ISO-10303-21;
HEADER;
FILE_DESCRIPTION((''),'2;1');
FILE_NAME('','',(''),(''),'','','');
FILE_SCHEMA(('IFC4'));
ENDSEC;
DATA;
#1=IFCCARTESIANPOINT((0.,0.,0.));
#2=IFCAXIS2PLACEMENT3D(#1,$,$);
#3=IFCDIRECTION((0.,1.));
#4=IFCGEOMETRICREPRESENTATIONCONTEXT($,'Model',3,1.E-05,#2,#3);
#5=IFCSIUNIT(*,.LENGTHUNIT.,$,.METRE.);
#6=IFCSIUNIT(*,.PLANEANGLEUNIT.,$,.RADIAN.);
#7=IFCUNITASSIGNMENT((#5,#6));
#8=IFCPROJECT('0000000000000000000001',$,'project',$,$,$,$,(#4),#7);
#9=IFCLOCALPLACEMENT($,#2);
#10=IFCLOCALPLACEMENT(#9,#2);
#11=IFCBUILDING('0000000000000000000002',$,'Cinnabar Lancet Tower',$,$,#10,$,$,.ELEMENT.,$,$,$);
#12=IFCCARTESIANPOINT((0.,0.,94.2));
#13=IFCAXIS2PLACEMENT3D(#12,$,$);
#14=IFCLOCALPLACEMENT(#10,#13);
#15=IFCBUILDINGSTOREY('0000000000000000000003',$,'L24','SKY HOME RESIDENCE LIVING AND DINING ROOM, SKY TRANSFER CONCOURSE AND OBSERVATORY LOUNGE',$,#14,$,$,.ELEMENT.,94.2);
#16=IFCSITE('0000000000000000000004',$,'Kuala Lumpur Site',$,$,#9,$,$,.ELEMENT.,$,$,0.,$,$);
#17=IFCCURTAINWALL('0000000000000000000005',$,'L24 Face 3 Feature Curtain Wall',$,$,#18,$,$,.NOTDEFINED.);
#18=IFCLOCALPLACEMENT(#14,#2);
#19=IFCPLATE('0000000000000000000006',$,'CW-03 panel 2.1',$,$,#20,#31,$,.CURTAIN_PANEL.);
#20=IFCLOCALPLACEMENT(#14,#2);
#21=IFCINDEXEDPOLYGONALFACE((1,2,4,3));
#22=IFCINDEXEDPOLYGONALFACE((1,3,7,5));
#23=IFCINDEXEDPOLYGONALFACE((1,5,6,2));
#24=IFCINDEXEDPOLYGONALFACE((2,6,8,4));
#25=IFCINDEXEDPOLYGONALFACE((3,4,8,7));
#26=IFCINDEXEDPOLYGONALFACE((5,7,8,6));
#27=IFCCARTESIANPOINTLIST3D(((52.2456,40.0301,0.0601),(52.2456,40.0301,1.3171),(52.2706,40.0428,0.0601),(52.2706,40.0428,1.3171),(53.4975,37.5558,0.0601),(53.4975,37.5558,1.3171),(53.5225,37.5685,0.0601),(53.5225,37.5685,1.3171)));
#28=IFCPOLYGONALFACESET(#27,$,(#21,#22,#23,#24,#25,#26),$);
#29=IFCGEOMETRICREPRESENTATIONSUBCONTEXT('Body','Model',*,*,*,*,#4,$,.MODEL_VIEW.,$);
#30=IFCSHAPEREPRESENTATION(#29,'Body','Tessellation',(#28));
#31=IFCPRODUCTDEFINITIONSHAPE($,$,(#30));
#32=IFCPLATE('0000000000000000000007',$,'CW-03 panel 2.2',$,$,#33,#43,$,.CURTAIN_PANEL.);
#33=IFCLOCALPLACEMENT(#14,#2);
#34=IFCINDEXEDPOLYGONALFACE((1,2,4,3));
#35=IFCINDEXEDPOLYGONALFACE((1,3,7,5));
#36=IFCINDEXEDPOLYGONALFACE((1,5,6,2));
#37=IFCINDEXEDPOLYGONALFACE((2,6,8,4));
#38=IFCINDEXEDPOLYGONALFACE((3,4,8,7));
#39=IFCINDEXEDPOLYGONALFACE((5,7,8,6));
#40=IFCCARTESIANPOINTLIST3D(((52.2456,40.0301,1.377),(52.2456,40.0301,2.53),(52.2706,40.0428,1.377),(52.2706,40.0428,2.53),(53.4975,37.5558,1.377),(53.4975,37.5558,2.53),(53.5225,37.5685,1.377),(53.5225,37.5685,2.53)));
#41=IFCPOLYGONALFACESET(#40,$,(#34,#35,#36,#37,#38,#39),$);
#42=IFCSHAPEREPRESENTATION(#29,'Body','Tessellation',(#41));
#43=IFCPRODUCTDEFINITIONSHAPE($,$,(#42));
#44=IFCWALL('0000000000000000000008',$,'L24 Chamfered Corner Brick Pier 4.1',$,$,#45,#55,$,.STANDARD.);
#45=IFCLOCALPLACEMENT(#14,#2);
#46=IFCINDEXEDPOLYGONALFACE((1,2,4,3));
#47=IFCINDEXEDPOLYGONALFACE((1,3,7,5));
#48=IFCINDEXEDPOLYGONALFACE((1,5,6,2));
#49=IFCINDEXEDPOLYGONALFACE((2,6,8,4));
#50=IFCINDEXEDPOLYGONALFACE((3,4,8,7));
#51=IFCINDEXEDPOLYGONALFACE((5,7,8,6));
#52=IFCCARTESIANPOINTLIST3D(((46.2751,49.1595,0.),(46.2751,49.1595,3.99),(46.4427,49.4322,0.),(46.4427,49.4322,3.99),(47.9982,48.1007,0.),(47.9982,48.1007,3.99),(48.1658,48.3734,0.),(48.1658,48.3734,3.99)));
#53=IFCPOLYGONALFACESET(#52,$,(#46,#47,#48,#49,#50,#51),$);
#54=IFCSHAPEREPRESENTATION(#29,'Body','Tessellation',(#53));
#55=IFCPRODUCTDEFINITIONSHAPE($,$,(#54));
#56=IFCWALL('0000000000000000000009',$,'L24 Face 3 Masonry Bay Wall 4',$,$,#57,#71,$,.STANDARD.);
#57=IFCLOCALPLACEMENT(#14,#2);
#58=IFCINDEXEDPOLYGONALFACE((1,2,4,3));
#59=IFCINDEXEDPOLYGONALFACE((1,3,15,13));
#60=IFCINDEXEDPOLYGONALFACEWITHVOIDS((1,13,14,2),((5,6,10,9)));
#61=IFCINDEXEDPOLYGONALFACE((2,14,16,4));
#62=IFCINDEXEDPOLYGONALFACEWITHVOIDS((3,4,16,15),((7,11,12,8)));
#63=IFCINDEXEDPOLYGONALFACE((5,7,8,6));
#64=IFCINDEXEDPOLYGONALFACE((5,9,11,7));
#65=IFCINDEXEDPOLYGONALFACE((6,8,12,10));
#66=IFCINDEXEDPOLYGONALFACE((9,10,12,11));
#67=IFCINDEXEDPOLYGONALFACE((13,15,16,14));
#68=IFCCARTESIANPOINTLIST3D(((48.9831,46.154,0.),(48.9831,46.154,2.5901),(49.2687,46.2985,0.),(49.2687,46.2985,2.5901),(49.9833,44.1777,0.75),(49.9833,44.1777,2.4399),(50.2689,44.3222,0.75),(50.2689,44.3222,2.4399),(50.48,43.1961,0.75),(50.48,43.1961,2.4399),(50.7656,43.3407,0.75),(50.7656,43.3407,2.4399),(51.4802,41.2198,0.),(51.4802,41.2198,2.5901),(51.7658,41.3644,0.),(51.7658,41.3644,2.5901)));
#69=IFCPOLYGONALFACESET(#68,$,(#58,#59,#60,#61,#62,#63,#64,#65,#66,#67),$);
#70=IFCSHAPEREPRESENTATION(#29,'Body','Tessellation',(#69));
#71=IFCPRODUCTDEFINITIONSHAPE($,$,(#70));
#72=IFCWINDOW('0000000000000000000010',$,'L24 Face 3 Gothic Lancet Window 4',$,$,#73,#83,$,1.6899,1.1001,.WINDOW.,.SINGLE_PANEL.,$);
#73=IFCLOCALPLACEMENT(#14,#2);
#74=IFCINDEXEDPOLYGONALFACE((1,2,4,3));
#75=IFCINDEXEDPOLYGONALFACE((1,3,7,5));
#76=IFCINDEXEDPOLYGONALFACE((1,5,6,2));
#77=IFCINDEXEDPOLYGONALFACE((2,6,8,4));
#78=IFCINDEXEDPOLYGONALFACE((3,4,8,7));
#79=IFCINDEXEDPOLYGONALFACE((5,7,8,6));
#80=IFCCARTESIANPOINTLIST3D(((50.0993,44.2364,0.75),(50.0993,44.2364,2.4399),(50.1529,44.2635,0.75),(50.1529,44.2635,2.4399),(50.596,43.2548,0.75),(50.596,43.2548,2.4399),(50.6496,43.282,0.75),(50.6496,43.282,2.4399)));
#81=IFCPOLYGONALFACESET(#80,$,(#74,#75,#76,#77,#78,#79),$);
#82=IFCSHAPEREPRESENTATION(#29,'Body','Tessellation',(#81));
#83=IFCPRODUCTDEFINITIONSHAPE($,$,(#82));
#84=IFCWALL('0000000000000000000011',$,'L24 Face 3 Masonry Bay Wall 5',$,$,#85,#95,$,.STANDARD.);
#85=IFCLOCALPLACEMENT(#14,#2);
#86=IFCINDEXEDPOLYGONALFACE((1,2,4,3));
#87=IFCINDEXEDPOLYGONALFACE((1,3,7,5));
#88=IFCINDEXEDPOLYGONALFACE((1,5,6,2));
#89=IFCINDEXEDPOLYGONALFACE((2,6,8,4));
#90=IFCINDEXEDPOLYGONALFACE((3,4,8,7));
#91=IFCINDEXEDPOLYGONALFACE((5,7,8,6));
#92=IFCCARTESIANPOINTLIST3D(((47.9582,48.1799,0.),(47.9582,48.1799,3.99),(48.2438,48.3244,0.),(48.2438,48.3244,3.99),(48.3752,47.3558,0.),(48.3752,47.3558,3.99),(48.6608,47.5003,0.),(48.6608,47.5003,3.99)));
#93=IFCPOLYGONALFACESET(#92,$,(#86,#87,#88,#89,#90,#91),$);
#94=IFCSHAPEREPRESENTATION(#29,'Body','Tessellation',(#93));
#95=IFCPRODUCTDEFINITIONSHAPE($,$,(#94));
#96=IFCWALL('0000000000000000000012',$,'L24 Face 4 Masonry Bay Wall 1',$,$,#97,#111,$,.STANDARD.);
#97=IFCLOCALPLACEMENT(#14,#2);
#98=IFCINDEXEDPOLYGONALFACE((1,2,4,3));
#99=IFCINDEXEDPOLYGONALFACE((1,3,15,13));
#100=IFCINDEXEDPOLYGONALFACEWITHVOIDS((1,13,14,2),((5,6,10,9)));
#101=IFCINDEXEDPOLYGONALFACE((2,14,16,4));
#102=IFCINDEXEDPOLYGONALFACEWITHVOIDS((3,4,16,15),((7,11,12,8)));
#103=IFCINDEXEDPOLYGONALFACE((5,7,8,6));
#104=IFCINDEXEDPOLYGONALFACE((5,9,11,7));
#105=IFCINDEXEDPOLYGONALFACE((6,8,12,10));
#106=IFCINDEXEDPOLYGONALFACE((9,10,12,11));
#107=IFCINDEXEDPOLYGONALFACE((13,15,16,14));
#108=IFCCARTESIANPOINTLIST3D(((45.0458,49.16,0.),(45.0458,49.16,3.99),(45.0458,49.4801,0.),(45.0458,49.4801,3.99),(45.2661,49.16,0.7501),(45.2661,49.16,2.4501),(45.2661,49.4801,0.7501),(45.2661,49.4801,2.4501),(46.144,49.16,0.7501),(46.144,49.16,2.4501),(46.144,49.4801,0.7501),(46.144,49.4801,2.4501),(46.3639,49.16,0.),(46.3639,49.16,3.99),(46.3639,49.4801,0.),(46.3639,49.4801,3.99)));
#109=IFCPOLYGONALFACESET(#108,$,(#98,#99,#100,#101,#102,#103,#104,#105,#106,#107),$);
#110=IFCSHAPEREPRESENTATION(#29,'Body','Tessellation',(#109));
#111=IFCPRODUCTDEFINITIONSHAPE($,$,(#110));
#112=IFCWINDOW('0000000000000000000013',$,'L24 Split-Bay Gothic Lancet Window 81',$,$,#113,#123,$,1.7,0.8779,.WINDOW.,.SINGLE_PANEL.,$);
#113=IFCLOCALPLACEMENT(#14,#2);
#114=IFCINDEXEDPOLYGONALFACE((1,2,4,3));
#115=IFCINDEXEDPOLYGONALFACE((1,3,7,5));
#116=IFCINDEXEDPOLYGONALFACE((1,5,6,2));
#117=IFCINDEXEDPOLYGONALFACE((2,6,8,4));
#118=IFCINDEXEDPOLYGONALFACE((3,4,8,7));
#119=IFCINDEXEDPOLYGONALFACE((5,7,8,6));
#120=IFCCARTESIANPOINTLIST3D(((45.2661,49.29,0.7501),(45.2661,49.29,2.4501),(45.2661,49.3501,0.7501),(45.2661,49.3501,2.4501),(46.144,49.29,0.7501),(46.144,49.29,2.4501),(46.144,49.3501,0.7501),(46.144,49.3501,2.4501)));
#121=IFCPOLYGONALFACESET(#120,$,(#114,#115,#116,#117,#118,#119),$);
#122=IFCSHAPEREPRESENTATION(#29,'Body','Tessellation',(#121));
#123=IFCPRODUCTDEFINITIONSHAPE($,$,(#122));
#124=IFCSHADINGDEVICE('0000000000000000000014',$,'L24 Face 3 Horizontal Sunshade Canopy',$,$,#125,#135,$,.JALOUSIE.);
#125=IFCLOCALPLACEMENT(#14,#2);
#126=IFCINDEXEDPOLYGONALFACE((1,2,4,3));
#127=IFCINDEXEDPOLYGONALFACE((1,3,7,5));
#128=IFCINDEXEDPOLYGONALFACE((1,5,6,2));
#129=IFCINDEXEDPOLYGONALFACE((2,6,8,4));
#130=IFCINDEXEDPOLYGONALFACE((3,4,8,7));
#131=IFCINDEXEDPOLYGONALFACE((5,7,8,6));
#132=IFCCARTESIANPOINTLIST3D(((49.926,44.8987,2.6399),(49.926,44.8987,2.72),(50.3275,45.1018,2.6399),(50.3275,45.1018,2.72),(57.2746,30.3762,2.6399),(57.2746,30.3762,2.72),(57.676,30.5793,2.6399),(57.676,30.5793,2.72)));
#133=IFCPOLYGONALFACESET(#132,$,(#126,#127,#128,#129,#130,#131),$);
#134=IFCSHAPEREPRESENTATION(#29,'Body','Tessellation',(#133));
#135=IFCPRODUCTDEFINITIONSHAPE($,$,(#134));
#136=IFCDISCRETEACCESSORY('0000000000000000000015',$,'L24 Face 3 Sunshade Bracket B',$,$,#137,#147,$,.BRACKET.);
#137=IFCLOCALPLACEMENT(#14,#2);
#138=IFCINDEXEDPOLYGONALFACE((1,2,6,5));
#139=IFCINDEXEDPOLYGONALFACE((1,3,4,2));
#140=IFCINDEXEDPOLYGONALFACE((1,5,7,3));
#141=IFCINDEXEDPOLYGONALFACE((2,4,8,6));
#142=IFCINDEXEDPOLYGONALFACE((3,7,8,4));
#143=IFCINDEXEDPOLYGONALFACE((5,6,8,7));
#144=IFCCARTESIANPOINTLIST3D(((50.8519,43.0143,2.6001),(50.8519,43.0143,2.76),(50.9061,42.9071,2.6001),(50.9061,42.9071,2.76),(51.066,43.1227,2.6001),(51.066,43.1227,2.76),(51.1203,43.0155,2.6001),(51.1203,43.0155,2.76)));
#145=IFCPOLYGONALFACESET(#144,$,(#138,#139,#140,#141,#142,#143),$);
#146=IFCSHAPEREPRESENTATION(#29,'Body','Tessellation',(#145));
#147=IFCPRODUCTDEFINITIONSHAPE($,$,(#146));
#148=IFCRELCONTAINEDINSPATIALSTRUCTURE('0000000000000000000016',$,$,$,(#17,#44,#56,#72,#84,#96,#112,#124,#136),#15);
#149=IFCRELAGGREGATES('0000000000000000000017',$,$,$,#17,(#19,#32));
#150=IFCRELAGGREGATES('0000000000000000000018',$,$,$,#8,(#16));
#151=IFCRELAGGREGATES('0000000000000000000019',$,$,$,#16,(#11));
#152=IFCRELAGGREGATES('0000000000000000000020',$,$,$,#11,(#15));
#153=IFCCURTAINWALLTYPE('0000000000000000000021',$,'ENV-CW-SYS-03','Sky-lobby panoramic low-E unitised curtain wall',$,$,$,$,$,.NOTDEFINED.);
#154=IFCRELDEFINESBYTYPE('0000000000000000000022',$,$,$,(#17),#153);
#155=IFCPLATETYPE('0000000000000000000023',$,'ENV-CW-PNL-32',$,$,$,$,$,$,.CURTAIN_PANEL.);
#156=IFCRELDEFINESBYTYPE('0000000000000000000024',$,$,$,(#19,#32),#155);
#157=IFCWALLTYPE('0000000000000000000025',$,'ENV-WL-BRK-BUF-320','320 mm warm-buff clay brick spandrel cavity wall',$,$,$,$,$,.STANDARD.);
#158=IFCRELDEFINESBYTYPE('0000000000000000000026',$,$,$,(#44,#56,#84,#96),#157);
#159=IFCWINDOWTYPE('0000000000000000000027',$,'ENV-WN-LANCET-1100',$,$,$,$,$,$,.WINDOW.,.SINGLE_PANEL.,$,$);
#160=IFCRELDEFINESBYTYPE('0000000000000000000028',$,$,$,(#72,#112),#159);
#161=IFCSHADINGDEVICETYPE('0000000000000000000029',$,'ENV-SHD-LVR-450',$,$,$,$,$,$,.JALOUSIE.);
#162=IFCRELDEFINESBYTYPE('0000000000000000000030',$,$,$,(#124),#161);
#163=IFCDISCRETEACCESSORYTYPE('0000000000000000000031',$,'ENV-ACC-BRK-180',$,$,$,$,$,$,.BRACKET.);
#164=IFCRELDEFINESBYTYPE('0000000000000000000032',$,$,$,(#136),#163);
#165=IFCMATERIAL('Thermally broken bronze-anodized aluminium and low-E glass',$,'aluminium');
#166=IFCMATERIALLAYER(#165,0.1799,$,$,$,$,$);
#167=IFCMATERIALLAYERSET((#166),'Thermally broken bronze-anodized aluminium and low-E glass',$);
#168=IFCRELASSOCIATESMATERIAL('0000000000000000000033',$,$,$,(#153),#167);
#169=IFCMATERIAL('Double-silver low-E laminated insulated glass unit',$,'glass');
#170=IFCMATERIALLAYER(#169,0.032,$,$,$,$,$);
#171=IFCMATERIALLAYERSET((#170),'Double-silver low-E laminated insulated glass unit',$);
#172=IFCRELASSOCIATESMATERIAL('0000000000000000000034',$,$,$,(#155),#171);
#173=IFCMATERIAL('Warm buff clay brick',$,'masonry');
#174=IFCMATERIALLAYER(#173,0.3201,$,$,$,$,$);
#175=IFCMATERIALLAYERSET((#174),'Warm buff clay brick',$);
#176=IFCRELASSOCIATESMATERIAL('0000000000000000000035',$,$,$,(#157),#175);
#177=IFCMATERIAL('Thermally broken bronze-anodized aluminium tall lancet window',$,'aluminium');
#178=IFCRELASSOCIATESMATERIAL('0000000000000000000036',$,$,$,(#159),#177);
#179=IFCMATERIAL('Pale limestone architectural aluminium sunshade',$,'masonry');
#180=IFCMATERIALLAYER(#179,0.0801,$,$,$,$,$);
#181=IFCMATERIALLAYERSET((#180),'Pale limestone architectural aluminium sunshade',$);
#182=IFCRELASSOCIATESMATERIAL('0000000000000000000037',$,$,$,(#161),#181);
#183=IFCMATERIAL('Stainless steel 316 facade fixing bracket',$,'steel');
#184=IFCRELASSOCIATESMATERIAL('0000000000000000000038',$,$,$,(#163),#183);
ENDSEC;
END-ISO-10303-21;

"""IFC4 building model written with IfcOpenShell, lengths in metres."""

from ifc_helpers import new_model, si_unit, direction, frame, frame_2d, origin, origin_2d, place, context, subcontext, project, spatial, rectangle, extrude, material, layer, layer_set, type_object, element, fill, aggregate, save


model = new_model("IFC4")

# Units and contexts
model_context = context("Model", 3, precision=1e-05, world=origin(), true_north=direction((0.0, 1.0)))
body_context = subcontext(model_context, "Body", "Model", "MODEL_VIEW")
ifc_project = project(units=[si_unit("LENGTHUNIT", "METRE"), si_unit("PLANEANGLEUNIT", "RADIAN")], contexts=[model_context])

# Site, building, storey
site_placement = place(None, origin())
site = spatial("IfcSite", under=ifc_project, at=site_placement, Name="Kuala Lumpur Site", CompositionType="ELEMENT", RefElevation=0.0)
building_placement = place(site_placement, origin())
building = spatial("IfcBuilding", under=site, at=building_placement, Name="Cinnabar Lancet Tower", CompositionType="ELEMENT")
storey_placement = place(building_placement, frame((0.0, 0.0, 94.2)))
storey = spatial("IfcBuildingStorey", under=building, at=storey_placement, Name="L24", Description="SKY HOME RESIDENCE LIVING AND DINING ROOM, SKY TRANSFER CONCOURSE AND OBSERVATORY LOUNGE", CompositionType="ELEMENT", Elevation=94.2)

# Curtain wall
ifc_material_1 = material(Name="Thermally broken bronze-anodized aluminium and low-E glass", Category="aluminium")
ifc_layer_1 = layer(ifc_material_1, 0.1799)
ifc_layer_set_1 = layer_set([ifc_layer_1], Name="Thermally broken bronze-anodized aluminium and low-E glass")
curtain_wall_type = type_object("IfcCurtainWallType", Name="ENV-CW-SYS-03", Description="Sky-lobby panoramic low-E unitised curtain wall", PredefinedType="NOTDEFINED", material=ifc_layer_set_1)
curtain_wall_placement = place(storey_placement, origin())
curtain_wall = element("IfcCurtainWall", 1, at=curtain_wall_placement, inside=storey, type_object=curtain_wall_type, Name="L24 Face 3 Feature Curtain Wall", PredefinedType="NOTDEFINED")

# Plates
ifc_material_2 = material(Name="Double-silver low-E laminated insulated glass unit", Category="glass")
ifc_layer_2 = layer(ifc_material_2, 0.032)
ifc_layer_set_2 = layer_set([ifc_layer_2], Name="Double-silver low-E laminated insulated glass unit")
plate_type = type_object("IfcPlateType", Name="ENV-CW-PNL-32", PredefinedType="CURTAIN_PANEL", material=ifc_layer_set_2)
plate_1_placement = place(storey_placement, frame((52.884, 38.7993, 0.0601), z_axis=(0.0, 0.0, 1.0), x_axis=(-0.45147, 0.892286, 0.0)))
plate_1 = element("IfcPlate", 2, at=plate_1_placement, type_object=plate_type, Name="CW-03 panel 2.1", PredefinedType="CURTAIN_PANEL", context=body_context, shape_type="SweptSolid", body=[
    extrude(rectangle(XDim=2.7729, YDim=0.0281, at=origin_2d()), origin(), (0.0, 0.0, 1.0), 1.2571),
])
plate_2_placement = place(storey_placement, frame((52.884, 38.7993, 1.377), z_axis=(0.0, 0.0, 1.0), x_axis=(-0.45147, 0.892286, 0.0)))
plate_2 = element("IfcPlate", 3, at=plate_2_placement, type_object=plate_type, Name="CW-03 panel 2.2", PredefinedType="CURTAIN_PANEL", context=body_context, shape_type="SweptSolid", body=[
    extrude(rectangle(XDim=2.7729, YDim=0.0281, at=origin_2d()), origin(), (0.0, 0.0, 1.0), 1.1531),
])
aggregate(curtain_wall, [plate_1, plate_2])

# Wall
ifc_material_3 = material(Name="Warm buff clay brick", Category="masonry")
ifc_layer_3 = layer(ifc_material_3, 0.3201)
ifc_layer_set_3 = layer_set([ifc_layer_3], Name="Warm buff clay brick")
wall_type = type_object("IfcWallType", Name="ENV-WL-BRK-BUF-320", Description="320 mm warm-buff clay brick spandrel cavity wall", PredefinedType="STANDARD", material=ifc_layer_set_3)
wall_1_placement = place(storey_placement, frame((48.082, 48.2371, 0.0), z_axis=(0.0, 0.0, 1.0), x_axis=(-0.852002, 0.523538, 0.0)))
element("IfcWall", 4, at=wall_1_placement, inside=storey, type_object=wall_type, Name="L24 Chamfered Corner Brick Pier 4.1", PredefinedType="STANDARD", context=body_context, shape_type="SweptSolid", body=[
    extrude(rectangle(XDim=2.0225, YDim=0.3201, at=frame_2d((1.0112, 0.0))), origin(), (0.0, 0.0, 1.0), 3.99),
])

# Wall, opening, window
wall_2_placement = place(storey_placement, frame((51.623, 41.292, 0.0), z_axis=(0.0, 0.0, 1.0), x_axis=(-0.451553, 0.892245, 0.0)))
wall_2 = element("IfcWall", 5, at=wall_2_placement, inside=storey, type_object=wall_type, Name="L24 Face 3 Masonry Bay Wall 4", PredefinedType="STANDARD", context=body_context, shape_type="SweptSolid", body=[
    extrude(rectangle(XDim=5.53, YDim=0.3201, at=frame_2d((2.7651, 0.0))), origin(), (0.0, 0.0, 1.0), 2.5901),
])
opening_1_placement = place(wall_2_placement, frame((2.2151, 0.0, 0.75)))
opening_1 = element("IfcOpeningElement", 6, at=opening_1_placement, cuts=wall_2, PredefinedType="OPENING", context=body_context, shape_type="SweptSolid", body=[
    extrude(rectangle(XDim=1.1001, YDim=1.6899, at=frame_2d((0.55, 0.845))), frame((0.0, 0.1699, 0.0), z_axis=(0.0, -1.0, 0.0), x_axis=(1.0, 0.0, 0.0)), (0.0, 0.0, 1.0), 0.3401),
])
ifc_material_4 = material(Name="Thermally broken bronze-anodized aluminium tall lancet window", Category="aluminium")
window_type = type_object("IfcWindowType", Name="ENV-WN-LANCET-1100", PartitioningType="SINGLE_PANEL", PredefinedType="WINDOW", material=ifc_material_4)
window_1_placement = place(opening_1_placement, origin())
window_1 = element("IfcWindow", 7, at=window_1_placement, inside=storey, type_object=window_type, Name="L24 Face 3 Gothic Lancet Window 4", OverallHeight=1.6899, OverallWidth=1.1001, PartitioningType="SINGLE_PANEL", PredefinedType="WINDOW", context=body_context, shape_type="SweptSolid", body=[
    extrude(rectangle(XDim=1.1001, YDim=1.6899, at=frame_2d((0.55, 0.845))), frame((0.0, 0.03, 0.0), z_axis=(0.0, -1.0, 0.0), x_axis=(1.0, 0.0, 0.0)), (0.0, 0.0, 1.0), 0.0601),
])
fill(opening_1, window_1)

# Wall
wall_3_placement = place(storey_placement, frame((48.5181, 47.428, 0.0), z_axis=(0.0, 0.0, 1.0), x_axis=(-0.451544, 0.892249, 0.0)))
element("IfcWall", 8, at=wall_3_placement, inside=storey, type_object=wall_type, Name="L24 Face 3 Masonry Bay Wall 5", PredefinedType="STANDARD", context=body_context, shape_type="SweptSolid", body=[
    extrude(rectangle(XDim=0.9236, YDim=0.3201, at=frame_2d((0.4619, 0.0))), origin(), (0.0, 0.0, 1.0), 3.99),
])

# Wall, opening, window
wall_4_placement = place(storey_placement, frame((46.364, 49.3201, 0.0), z_axis=(0.0, 0.0, 1.0), x_axis=(-1.0, 0.0, 0.0)))
wall_4 = element("IfcWall", 9, at=wall_4_placement, inside=storey, type_object=wall_type, Name="L24 Face 4 Masonry Bay Wall 1", PredefinedType="STANDARD", context=body_context, shape_type="SweptSolid", body=[
    extrude(rectangle(XDim=1.3181, YDim=0.3201, at=frame_2d((0.6592, 0.0))), origin(), (0.0, 0.0, 1.0), 3.99),
])
opening_2_placement = place(wall_4_placement, frame((0.22, 0.0, 0.75)))
opening_2 = element("IfcOpeningElement", 10, at=opening_2_placement, cuts=wall_4, PredefinedType="OPENING", context=body_context, shape_type="SweptSolid", body=[
    extrude(rectangle(XDim=0.8779, YDim=1.7, at=frame_2d((0.439, 0.8501))), frame((0.0, 0.1699, 0.0), z_axis=(0.0, -1.0, 0.0), x_axis=(1.0, 0.0, 0.0)), (0.0, 0.0, 1.0), 0.3401),
])
window_2_placement = place(opening_2_placement, origin())
window_2 = element("IfcWindow", 11, at=window_2_placement, inside=storey, type_object=window_type, Name="L24 Split-Bay Gothic Lancet Window 81", OverallHeight=1.7, OverallWidth=0.8779, PartitioningType="SINGLE_PANEL", PredefinedType="WINDOW", context=body_context, shape_type="SweptSolid", body=[
    extrude(rectangle(XDim=0.8779, YDim=1.7, at=frame_2d((0.439, 0.8501))), frame((0.0, 0.03, 0.0), z_axis=(0.0, -1.0, 0.0), x_axis=(1.0, 0.0, 0.0)), (0.0, 0.0, 1.0), 0.0601),
])
fill(opening_2, window_2)

# Shading device
ifc_material_5 = material(Name="Pale limestone architectural aluminium sunshade", Category="masonry")
ifc_layer_4 = layer(ifc_material_5, 0.0801)
ifc_layer_set_4 = layer_set([ifc_layer_4], Name="Pale limestone architectural aluminium sunshade")
shading_device_type = type_object("IfcShadingDeviceType", Name="ENV-SHD-LVR-450", PredefinedType="JALOUSIE", material=ifc_layer_set_4)
shading_device_placement = place(storey_placement, frame((53.801, 37.739, 2.6399), z_axis=(0.0, 0.0, 1.0), x_axis=(-0.451501, 0.892271, 0.0)))
element("IfcShadingDevice", 12, at=shading_device_placement, inside=storey, type_object=shading_device_type, Name="L24 Face 3 Horizontal Sunshade Canopy", PredefinedType="JALOUSIE", context=body_context, shape_type="SweptSolid", body=[
    extrude(rectangle(XDim=16.2759, YDim=0.45, at=origin_2d()), origin(), (0.0, 0.0, 1.0), 0.0801),
])

# Discrete accessory
ifc_material_6 = material(Name="Stainless steel 316 facade fixing bracket", Category="steel")
discrete_accessory_type = type_object("IfcDiscreteAccessoryType", Name="ENV-ACC-BRK-180", PredefinedType="BRACKET", material=ifc_material_6)
discrete_accessory_placement = place(storey_placement, frame((50.9861, 43.0149, 2.6001), z_axis=(0.0, 0.0, 1.0), x_axis=(-0.451501, 0.892271, 0.0)))
element("IfcDiscreteAccessory", 13, at=discrete_accessory_placement, inside=storey, type_object=discrete_accessory_type, Name="L24 Face 3 Sunshade Bracket B", PredefinedType="BRACKET", context=body_context, shape_type="SweptSolid", body=[
    extrude(rectangle(XDim=0.1201, YDim=0.24, at=origin_2d()), origin(), (0.0, 0.0, 1.0), 0.1599),
])

save(model, "model.ifc")
